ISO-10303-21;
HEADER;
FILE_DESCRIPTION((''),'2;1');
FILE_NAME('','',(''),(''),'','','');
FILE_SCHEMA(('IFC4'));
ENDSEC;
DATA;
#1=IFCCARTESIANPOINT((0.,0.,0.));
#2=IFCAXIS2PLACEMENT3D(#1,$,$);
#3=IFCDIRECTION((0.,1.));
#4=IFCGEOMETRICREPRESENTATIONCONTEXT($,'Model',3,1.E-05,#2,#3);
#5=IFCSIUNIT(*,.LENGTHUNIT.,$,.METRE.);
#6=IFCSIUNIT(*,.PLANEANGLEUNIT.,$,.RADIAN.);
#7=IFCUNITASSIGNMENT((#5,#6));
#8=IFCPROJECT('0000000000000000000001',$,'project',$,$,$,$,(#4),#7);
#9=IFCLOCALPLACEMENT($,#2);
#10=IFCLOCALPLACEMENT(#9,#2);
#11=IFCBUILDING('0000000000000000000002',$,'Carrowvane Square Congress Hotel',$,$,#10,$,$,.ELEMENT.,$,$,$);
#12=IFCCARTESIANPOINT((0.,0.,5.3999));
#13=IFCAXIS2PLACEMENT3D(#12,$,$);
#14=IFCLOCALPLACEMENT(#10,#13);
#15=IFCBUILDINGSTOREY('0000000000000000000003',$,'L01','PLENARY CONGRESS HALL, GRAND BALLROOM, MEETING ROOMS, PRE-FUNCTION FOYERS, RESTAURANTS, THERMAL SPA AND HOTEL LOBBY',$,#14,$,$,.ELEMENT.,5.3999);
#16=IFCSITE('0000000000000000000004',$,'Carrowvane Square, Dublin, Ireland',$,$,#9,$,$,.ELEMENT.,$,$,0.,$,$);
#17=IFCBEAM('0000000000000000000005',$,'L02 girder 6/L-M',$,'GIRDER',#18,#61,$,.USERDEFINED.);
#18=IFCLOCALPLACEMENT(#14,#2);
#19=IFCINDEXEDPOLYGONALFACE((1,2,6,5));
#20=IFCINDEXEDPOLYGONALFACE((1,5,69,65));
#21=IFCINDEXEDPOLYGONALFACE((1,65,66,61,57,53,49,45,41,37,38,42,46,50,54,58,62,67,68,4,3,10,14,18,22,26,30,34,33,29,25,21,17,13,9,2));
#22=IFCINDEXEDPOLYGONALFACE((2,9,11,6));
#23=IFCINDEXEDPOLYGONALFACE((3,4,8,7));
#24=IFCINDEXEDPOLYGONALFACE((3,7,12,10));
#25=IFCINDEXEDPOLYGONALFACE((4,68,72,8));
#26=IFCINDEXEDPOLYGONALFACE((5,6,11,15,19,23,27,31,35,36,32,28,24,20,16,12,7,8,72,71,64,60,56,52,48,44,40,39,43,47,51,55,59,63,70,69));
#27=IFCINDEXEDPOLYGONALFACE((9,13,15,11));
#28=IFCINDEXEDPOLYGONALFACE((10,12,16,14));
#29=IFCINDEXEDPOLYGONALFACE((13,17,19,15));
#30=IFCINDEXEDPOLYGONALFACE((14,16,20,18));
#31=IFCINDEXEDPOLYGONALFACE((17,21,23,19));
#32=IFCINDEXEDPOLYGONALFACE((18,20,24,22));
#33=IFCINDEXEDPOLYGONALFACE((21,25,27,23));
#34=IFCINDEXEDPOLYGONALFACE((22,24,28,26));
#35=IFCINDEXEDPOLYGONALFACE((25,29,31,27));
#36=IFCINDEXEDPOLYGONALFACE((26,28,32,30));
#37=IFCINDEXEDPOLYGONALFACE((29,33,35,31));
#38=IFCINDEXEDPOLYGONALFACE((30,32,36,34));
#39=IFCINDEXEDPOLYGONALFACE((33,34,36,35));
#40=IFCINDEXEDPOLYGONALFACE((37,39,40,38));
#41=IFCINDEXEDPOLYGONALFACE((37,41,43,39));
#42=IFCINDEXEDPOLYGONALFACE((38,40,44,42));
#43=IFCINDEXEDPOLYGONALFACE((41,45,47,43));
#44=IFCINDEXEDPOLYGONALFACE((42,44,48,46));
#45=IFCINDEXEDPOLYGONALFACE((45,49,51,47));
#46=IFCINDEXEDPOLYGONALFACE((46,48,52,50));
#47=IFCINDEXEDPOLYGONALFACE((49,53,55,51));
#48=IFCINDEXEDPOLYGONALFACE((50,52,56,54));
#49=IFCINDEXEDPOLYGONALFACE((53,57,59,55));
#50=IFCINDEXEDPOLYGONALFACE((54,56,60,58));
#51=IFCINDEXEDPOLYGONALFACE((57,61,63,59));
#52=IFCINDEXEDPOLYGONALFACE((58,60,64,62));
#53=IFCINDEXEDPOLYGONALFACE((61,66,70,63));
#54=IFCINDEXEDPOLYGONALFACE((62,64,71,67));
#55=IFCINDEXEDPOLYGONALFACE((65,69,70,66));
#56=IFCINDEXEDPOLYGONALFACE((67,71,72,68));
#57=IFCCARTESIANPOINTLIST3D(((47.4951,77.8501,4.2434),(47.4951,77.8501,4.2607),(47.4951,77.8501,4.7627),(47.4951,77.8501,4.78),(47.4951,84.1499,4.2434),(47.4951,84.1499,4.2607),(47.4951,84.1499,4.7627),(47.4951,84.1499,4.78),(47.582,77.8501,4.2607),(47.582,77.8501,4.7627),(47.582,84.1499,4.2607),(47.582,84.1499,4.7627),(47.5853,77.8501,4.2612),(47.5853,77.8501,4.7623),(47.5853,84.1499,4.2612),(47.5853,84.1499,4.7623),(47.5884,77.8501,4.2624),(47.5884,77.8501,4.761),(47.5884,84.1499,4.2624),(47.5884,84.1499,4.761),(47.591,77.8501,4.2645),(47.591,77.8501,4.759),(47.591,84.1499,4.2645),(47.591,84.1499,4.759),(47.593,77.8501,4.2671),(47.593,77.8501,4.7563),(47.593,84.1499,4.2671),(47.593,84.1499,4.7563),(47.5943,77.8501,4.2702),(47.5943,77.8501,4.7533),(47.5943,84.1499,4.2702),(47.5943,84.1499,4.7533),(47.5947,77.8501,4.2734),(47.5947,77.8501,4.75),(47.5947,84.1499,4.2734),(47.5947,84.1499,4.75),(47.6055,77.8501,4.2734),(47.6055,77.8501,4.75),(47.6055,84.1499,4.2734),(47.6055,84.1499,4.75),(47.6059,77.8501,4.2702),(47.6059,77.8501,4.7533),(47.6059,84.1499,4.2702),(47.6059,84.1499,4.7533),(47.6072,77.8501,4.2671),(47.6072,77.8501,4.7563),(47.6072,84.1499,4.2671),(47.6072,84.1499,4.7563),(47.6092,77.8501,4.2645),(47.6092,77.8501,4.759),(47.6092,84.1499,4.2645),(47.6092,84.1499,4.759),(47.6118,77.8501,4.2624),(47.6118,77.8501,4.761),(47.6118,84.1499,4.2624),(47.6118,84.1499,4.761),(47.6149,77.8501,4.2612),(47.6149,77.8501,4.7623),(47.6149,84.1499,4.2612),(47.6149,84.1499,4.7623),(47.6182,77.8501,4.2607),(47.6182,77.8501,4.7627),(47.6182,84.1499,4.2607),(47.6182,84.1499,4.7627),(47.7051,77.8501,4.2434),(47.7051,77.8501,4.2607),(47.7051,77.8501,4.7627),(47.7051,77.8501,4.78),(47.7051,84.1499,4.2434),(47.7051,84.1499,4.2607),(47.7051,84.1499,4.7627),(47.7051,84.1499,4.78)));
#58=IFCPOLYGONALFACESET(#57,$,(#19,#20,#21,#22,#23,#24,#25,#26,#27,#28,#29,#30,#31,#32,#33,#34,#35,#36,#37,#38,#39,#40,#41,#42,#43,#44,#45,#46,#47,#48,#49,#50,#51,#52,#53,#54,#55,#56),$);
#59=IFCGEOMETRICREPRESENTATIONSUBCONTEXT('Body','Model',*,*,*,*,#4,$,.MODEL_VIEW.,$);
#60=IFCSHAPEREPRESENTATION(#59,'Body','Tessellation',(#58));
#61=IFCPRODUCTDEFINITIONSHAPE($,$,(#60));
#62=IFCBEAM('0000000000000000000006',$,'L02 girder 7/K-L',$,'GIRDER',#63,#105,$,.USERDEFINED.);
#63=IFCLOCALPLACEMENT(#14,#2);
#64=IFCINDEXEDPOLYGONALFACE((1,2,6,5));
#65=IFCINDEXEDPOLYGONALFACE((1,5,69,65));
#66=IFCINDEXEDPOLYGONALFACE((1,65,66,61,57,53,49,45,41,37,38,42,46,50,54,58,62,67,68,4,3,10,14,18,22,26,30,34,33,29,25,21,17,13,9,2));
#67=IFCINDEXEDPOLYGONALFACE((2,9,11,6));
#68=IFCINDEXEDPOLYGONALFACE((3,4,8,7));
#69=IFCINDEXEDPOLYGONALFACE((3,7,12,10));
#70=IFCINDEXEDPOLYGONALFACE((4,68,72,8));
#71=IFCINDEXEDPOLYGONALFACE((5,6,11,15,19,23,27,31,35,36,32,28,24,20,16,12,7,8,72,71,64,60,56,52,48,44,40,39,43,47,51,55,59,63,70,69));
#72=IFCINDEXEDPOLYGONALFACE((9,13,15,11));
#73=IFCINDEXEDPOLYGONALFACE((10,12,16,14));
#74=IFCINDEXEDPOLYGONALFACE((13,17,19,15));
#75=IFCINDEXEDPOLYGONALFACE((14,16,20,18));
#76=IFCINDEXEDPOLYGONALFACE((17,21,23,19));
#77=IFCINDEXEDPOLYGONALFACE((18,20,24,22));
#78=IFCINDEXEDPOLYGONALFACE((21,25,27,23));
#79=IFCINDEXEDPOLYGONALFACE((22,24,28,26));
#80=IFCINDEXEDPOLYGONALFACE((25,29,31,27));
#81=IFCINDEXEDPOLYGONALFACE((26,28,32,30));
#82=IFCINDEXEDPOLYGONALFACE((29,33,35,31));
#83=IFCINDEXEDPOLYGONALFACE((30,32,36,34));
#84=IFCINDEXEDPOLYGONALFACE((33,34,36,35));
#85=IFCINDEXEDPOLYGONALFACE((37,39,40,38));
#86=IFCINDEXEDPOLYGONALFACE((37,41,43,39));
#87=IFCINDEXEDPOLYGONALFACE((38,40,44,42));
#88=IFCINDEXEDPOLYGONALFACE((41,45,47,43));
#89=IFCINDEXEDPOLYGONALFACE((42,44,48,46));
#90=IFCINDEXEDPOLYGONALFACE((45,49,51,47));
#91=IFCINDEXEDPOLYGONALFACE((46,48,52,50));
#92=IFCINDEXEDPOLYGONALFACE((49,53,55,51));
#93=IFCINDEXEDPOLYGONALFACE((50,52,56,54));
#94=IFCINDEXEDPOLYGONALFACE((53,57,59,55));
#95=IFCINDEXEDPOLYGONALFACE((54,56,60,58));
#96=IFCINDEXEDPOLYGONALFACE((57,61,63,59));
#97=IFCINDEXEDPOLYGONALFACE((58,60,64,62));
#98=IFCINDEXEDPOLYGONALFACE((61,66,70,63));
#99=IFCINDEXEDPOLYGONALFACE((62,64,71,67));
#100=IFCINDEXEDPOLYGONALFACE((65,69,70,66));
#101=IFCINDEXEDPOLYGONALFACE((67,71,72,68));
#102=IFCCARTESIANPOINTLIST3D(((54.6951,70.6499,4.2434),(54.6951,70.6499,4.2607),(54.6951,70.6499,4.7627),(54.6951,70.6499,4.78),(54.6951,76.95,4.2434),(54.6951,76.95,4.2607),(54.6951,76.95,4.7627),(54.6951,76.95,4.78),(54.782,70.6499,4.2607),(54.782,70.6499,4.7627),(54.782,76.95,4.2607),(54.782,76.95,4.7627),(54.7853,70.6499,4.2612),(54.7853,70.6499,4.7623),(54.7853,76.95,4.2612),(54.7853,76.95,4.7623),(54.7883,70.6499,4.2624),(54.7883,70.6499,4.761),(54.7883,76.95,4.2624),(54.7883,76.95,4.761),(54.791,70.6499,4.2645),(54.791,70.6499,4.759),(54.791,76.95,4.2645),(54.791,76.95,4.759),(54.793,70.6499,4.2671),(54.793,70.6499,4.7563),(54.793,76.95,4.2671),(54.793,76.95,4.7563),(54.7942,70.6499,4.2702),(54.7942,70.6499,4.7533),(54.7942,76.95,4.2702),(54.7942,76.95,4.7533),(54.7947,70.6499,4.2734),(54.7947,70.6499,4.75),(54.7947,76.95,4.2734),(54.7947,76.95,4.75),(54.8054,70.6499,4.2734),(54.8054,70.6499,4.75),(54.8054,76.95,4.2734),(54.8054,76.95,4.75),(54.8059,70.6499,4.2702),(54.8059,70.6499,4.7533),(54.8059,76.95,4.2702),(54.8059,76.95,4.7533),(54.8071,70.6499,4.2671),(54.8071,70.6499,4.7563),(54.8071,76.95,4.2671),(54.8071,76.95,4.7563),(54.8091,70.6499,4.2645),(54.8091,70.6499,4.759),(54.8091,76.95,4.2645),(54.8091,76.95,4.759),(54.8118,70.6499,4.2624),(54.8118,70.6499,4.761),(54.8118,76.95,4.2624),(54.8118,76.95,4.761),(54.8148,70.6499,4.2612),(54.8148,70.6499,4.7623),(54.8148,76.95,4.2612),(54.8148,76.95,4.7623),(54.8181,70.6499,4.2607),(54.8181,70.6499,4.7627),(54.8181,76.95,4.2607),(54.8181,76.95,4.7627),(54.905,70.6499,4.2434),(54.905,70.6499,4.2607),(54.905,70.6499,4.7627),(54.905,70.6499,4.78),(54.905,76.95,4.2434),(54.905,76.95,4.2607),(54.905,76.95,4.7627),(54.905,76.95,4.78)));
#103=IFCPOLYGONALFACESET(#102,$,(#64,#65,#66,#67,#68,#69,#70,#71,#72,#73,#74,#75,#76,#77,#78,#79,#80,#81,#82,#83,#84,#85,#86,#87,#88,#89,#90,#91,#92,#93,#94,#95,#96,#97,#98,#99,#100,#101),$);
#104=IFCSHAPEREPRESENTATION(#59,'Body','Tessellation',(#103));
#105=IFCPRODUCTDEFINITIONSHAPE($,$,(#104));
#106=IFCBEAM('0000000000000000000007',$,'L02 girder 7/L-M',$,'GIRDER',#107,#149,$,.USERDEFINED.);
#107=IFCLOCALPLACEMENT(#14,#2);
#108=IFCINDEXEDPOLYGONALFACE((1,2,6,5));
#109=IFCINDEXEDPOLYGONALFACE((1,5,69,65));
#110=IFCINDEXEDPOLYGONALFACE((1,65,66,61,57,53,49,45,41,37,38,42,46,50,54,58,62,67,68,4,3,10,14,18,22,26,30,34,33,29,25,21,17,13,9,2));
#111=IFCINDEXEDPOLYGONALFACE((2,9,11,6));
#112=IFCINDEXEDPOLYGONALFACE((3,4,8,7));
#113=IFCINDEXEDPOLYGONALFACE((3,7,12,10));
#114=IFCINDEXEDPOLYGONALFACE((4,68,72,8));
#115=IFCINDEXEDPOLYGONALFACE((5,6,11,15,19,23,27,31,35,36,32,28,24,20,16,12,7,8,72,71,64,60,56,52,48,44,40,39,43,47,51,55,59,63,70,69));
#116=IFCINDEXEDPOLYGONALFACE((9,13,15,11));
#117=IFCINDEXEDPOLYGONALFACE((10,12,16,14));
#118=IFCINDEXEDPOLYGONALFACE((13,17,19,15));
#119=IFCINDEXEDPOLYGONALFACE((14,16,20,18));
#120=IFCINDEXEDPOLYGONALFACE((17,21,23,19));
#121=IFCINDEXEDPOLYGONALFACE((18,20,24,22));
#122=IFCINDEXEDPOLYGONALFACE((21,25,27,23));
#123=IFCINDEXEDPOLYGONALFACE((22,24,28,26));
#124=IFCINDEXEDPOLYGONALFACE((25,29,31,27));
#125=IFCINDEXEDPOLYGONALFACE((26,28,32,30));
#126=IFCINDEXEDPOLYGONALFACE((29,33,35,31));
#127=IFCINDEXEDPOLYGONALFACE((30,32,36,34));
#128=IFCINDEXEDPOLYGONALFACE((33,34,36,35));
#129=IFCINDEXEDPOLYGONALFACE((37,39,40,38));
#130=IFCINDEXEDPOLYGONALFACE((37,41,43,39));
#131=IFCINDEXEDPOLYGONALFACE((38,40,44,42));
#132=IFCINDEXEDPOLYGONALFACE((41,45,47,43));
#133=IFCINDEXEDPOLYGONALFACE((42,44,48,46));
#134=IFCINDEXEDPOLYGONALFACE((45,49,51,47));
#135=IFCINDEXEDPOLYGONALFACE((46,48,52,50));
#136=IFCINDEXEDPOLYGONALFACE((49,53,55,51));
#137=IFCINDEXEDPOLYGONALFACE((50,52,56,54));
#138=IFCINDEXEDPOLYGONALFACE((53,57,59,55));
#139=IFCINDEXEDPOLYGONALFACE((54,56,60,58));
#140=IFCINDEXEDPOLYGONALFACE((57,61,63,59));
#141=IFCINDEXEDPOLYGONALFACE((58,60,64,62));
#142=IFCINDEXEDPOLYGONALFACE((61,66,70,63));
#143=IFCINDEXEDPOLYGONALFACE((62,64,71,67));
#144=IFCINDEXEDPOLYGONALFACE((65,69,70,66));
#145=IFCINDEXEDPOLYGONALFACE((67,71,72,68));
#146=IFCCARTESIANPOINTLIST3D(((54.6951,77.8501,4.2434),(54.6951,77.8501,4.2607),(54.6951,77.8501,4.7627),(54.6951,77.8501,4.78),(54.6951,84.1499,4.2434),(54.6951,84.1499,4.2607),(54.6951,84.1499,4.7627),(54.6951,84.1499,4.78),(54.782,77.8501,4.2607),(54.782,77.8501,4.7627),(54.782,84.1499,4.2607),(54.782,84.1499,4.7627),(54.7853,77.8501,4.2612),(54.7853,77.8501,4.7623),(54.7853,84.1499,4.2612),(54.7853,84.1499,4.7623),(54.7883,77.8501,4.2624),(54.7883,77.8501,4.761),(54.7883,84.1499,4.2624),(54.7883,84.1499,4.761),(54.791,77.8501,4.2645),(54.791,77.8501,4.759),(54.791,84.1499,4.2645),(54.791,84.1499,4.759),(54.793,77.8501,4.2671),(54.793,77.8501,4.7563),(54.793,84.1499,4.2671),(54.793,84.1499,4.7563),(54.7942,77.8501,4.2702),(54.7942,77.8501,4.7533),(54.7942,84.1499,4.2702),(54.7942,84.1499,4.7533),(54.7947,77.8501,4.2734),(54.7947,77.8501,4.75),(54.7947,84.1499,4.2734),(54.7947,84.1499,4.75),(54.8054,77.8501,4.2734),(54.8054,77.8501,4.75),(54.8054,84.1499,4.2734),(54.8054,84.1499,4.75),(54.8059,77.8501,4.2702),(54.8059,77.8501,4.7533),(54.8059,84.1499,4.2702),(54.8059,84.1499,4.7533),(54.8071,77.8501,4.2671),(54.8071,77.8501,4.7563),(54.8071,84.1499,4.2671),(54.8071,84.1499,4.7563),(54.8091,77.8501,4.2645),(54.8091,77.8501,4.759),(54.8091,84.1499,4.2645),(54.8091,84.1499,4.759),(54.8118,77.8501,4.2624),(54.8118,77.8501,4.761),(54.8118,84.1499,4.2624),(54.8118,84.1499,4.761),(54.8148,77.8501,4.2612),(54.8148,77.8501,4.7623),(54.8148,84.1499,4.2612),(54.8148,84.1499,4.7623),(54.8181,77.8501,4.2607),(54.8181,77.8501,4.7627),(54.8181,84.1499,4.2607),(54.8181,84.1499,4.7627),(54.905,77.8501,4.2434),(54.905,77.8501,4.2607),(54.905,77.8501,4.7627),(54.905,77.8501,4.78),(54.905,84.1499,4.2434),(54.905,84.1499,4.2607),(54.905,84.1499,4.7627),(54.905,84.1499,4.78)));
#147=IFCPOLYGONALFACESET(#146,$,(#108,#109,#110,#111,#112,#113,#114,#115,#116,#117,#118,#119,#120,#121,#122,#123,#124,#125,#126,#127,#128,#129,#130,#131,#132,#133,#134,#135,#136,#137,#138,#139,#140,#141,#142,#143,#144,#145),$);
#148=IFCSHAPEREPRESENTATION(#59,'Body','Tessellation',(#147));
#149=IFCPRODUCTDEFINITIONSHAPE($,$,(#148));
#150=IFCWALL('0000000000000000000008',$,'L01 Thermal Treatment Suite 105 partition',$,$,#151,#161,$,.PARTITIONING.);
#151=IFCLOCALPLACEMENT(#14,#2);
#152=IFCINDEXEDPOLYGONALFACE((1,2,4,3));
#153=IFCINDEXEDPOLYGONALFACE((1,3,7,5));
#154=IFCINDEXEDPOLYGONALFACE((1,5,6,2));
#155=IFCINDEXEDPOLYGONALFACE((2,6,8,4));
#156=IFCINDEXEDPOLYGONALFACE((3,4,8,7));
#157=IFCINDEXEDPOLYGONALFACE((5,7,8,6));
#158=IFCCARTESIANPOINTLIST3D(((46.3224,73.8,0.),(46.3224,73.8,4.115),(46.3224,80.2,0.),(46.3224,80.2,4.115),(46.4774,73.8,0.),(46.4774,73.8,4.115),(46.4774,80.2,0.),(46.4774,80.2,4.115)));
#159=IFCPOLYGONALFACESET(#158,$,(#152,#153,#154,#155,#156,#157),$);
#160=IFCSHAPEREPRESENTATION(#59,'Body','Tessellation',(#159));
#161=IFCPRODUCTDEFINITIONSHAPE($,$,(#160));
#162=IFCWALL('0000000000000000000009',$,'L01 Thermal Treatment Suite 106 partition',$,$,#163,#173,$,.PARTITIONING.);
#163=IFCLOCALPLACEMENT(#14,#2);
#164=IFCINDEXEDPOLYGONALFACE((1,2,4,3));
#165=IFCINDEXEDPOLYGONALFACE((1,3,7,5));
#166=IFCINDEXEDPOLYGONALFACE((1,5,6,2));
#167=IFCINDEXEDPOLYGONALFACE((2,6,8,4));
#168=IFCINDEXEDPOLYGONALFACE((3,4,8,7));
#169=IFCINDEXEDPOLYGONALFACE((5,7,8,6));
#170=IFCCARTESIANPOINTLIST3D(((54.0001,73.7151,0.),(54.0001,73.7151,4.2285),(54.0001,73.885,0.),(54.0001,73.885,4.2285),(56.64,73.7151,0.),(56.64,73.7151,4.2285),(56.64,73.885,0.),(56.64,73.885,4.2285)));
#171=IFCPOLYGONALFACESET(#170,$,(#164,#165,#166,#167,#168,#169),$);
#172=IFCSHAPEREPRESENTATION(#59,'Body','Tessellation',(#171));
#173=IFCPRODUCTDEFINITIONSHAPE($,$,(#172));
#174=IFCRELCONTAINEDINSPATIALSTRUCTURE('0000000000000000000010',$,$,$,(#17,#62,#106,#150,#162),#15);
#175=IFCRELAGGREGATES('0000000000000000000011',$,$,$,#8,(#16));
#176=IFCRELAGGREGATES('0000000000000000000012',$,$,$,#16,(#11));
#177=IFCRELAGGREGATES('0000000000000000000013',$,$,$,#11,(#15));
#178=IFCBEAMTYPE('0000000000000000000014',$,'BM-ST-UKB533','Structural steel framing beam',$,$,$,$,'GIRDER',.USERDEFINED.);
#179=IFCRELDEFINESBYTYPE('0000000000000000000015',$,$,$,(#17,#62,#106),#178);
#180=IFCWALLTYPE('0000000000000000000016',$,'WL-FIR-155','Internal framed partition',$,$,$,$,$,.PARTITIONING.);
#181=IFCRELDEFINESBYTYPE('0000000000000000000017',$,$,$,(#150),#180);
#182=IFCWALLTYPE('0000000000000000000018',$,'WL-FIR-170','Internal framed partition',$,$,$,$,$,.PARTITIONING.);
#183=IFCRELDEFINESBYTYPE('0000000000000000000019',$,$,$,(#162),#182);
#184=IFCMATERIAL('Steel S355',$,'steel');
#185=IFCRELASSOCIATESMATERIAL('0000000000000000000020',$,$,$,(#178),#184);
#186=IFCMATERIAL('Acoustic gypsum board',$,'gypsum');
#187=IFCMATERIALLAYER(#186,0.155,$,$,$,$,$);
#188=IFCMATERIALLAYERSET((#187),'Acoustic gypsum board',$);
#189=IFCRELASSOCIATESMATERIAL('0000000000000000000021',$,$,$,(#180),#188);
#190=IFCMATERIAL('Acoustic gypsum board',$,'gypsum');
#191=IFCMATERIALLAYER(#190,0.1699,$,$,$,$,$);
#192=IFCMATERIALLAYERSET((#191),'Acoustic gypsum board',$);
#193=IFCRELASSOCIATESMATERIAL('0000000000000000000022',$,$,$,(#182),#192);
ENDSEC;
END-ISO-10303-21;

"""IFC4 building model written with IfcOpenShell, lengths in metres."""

from ifc_helpers import new_model, si_unit, direction, frame, frame_2d, origin, origin_2d, place, context, subcontext, project, spatial, rectangle, i_section, extrude, material, layer, layer_set, material_profile, profile_set, type_object, element, save


model = new_model("IFC4")

# Units and contexts
model_context = context("Model", 3, precision=1e-05, world=origin(), true_north=direction((0.0, 1.0)))
body_context = subcontext(model_context, "Body", "Model", "MODEL_VIEW")
ifc_project = project(units=[si_unit("LENGTHUNIT", "METRE"), si_unit("PLANEANGLEUNIT", "RADIAN")], contexts=[model_context])

# Site, building, storey
site_placement = place(None, origin())
site = spatial("IfcSite", under=ifc_project, at=site_placement, Name="Carrowvane Square, Dublin, Ireland", CompositionType="ELEMENT", RefElevation=0.0)
building_placement = place(site_placement, origin())
building = spatial("IfcBuilding", under=site, at=building_placement, Name="Carrowvane Square Congress Hotel", CompositionType="ELEMENT")
storey_placement = place(building_placement, frame((0.0, 0.0, 5.3999)))
storey = spatial("IfcBuildingStorey", under=building, at=storey_placement, Name="L01", Description="PLENARY CONGRESS HALL, GRAND BALLROOM, MEETING ROOMS, PRE-FUNCTION FOYERS, RESTAURANTS, THERMAL SPA AND HOTEL LOBBY", CompositionType="ELEMENT", Elevation=5.3999)

# Beams
ifc_material_1 = material(Name="Steel S355", Category="steel")
ifc_material_profile_1 = material_profile(ifc_material_1, i_section(OverallWidth=0.21, OverallDepth=0.5366, WebThickness=0.0107, FlangeThickness=0.0173, FilletRadius=0.0127, at=origin_2d()), Name="UKB 533x210x101")
ifc_profile_set_1 = profile_set([ifc_material_profile_1], Name="Steel S355")
beam_type_1 = type_object("IfcBeamType", Name="BM-ST-UKB533", Description="Structural steel framing beam", ElementType="GIRDER", PredefinedType="USERDEFINED", material=ifc_profile_set_1)
beam_1_placement = place(storey_placement, frame((47.6001, 77.8501, 4.5117), z_axis=(0.0, 1.0, 0.0), x_axis=(-1.0, 0.0, 0.0)))
element("IfcBeam", 1, at=beam_1_placement, inside=storey, type_object=beam_type_1, Name="L02 girder 6/L-M", ObjectType="GIRDER", PredefinedType="USERDEFINED", context=body_context, shape_type="SweptSolid", body=[
    extrude(i_section(OverallWidth=0.21, OverallDepth=0.5366, WebThickness=0.0107, FlangeThickness=0.0173, FilletRadius=0.0127, at=origin_2d()), origin(), (0.0, 0.0, 1.0), 6.2998),
])
beam_2_placement = place(storey_placement, frame((54.8, 70.6499, 4.5117), z_axis=(0.0, 1.0, 0.0), x_axis=(-1.0, 0.0, 0.0)))
element("IfcBeam", 2, at=beam_2_placement, inside=storey, type_object=beam_type_1, Name="L02 girder 7/K-L", ObjectType="GIRDER", PredefinedType="USERDEFINED", context=body_context, shape_type="SweptSolid", body=[
    extrude(i_section(OverallWidth=0.21, OverallDepth=0.5366, WebThickness=0.0107, FlangeThickness=0.0173, FilletRadius=0.0127, at=origin_2d()), origin(), (0.0, 0.0, 1.0), 6.3),
])
beam_3_placement = place(storey_placement, frame((54.8, 77.8501, 4.5117), z_axis=(0.0, 1.0, 0.0), x_axis=(-1.0, 0.0, 0.0)))
element("IfcBeam", 3, at=beam_3_placement, inside=storey, type_object=beam_type_1, Name="L02 girder 7/L-M", ObjectType="GIRDER", PredefinedType="USERDEFINED", context=body_context, shape_type="SweptSolid", body=[
    extrude(i_section(OverallWidth=0.21, OverallDepth=0.5366, WebThickness=0.0107, FlangeThickness=0.0173, FilletRadius=0.0127, at=origin_2d()), origin(), (0.0, 0.0, 1.0), 6.2998),
])

# Walls
ifc_material_2 = material(Name="Acoustic gypsum board", Category="gypsum")
ifc_layer_1 = layer(ifc_material_2, 0.155)
ifc_layer_set_1 = layer_set([ifc_layer_1], Name="Acoustic gypsum board")
wall_type_1 = type_object("IfcWallType", Name="WL-FIR-155", Description="Internal framed partition", PredefinedType="PARTITIONING", material=ifc_layer_set_1)
wall_1_placement = place(storey_placement, frame((46.3999, 73.8, 0.0), z_axis=(0.0, 0.0, 1.0), x_axis=(0.0, 1.0, 0.0)))
element("IfcWall", 4, at=wall_1_placement, inside=storey, type_object=wall_type_1, Name="L01 Thermal Treatment Suite 105 partition", PredefinedType="PARTITIONING", context=body_context, shape_type="SweptSolid", body=[
    extrude(rectangle(XDim=6.3999, YDim=0.155, at=frame_2d((3.2, 0.0))), origin(), (0.0, 0.0, 1.0), 4.115),
])
ifc_material_3 = material(Name="Acoustic gypsum board", Category="gypsum")
ifc_layer_2 = layer(ifc_material_3, 0.1699)
ifc_layer_set_2 = layer_set([ifc_layer_2], Name="Acoustic gypsum board")
wall_type_2 = type_object("IfcWallType", Name="WL-FIR-170", Description="Internal framed partition", PredefinedType="PARTITIONING", material=ifc_layer_set_2)
wall_2_placement = place(storey_placement, frame((56.6399, 73.8, 0.0), z_axis=(0.0, 0.0, 1.0), x_axis=(-1.0, 0.0, 0.0)))
element("IfcWall", 5, at=wall_2_placement, inside=storey, type_object=wall_type_2, Name="L01 Thermal Treatment Suite 106 partition", PredefinedType="PARTITIONING", context=body_context, shape_type="SweptSolid", body=[
    extrude(rectangle(XDim=2.6399, YDim=0.1699, at=frame_2d((1.3198, 0.0))), origin(), (0.0, 0.0, 1.0), 4.2285),
])

save(model, "model.ifc")
